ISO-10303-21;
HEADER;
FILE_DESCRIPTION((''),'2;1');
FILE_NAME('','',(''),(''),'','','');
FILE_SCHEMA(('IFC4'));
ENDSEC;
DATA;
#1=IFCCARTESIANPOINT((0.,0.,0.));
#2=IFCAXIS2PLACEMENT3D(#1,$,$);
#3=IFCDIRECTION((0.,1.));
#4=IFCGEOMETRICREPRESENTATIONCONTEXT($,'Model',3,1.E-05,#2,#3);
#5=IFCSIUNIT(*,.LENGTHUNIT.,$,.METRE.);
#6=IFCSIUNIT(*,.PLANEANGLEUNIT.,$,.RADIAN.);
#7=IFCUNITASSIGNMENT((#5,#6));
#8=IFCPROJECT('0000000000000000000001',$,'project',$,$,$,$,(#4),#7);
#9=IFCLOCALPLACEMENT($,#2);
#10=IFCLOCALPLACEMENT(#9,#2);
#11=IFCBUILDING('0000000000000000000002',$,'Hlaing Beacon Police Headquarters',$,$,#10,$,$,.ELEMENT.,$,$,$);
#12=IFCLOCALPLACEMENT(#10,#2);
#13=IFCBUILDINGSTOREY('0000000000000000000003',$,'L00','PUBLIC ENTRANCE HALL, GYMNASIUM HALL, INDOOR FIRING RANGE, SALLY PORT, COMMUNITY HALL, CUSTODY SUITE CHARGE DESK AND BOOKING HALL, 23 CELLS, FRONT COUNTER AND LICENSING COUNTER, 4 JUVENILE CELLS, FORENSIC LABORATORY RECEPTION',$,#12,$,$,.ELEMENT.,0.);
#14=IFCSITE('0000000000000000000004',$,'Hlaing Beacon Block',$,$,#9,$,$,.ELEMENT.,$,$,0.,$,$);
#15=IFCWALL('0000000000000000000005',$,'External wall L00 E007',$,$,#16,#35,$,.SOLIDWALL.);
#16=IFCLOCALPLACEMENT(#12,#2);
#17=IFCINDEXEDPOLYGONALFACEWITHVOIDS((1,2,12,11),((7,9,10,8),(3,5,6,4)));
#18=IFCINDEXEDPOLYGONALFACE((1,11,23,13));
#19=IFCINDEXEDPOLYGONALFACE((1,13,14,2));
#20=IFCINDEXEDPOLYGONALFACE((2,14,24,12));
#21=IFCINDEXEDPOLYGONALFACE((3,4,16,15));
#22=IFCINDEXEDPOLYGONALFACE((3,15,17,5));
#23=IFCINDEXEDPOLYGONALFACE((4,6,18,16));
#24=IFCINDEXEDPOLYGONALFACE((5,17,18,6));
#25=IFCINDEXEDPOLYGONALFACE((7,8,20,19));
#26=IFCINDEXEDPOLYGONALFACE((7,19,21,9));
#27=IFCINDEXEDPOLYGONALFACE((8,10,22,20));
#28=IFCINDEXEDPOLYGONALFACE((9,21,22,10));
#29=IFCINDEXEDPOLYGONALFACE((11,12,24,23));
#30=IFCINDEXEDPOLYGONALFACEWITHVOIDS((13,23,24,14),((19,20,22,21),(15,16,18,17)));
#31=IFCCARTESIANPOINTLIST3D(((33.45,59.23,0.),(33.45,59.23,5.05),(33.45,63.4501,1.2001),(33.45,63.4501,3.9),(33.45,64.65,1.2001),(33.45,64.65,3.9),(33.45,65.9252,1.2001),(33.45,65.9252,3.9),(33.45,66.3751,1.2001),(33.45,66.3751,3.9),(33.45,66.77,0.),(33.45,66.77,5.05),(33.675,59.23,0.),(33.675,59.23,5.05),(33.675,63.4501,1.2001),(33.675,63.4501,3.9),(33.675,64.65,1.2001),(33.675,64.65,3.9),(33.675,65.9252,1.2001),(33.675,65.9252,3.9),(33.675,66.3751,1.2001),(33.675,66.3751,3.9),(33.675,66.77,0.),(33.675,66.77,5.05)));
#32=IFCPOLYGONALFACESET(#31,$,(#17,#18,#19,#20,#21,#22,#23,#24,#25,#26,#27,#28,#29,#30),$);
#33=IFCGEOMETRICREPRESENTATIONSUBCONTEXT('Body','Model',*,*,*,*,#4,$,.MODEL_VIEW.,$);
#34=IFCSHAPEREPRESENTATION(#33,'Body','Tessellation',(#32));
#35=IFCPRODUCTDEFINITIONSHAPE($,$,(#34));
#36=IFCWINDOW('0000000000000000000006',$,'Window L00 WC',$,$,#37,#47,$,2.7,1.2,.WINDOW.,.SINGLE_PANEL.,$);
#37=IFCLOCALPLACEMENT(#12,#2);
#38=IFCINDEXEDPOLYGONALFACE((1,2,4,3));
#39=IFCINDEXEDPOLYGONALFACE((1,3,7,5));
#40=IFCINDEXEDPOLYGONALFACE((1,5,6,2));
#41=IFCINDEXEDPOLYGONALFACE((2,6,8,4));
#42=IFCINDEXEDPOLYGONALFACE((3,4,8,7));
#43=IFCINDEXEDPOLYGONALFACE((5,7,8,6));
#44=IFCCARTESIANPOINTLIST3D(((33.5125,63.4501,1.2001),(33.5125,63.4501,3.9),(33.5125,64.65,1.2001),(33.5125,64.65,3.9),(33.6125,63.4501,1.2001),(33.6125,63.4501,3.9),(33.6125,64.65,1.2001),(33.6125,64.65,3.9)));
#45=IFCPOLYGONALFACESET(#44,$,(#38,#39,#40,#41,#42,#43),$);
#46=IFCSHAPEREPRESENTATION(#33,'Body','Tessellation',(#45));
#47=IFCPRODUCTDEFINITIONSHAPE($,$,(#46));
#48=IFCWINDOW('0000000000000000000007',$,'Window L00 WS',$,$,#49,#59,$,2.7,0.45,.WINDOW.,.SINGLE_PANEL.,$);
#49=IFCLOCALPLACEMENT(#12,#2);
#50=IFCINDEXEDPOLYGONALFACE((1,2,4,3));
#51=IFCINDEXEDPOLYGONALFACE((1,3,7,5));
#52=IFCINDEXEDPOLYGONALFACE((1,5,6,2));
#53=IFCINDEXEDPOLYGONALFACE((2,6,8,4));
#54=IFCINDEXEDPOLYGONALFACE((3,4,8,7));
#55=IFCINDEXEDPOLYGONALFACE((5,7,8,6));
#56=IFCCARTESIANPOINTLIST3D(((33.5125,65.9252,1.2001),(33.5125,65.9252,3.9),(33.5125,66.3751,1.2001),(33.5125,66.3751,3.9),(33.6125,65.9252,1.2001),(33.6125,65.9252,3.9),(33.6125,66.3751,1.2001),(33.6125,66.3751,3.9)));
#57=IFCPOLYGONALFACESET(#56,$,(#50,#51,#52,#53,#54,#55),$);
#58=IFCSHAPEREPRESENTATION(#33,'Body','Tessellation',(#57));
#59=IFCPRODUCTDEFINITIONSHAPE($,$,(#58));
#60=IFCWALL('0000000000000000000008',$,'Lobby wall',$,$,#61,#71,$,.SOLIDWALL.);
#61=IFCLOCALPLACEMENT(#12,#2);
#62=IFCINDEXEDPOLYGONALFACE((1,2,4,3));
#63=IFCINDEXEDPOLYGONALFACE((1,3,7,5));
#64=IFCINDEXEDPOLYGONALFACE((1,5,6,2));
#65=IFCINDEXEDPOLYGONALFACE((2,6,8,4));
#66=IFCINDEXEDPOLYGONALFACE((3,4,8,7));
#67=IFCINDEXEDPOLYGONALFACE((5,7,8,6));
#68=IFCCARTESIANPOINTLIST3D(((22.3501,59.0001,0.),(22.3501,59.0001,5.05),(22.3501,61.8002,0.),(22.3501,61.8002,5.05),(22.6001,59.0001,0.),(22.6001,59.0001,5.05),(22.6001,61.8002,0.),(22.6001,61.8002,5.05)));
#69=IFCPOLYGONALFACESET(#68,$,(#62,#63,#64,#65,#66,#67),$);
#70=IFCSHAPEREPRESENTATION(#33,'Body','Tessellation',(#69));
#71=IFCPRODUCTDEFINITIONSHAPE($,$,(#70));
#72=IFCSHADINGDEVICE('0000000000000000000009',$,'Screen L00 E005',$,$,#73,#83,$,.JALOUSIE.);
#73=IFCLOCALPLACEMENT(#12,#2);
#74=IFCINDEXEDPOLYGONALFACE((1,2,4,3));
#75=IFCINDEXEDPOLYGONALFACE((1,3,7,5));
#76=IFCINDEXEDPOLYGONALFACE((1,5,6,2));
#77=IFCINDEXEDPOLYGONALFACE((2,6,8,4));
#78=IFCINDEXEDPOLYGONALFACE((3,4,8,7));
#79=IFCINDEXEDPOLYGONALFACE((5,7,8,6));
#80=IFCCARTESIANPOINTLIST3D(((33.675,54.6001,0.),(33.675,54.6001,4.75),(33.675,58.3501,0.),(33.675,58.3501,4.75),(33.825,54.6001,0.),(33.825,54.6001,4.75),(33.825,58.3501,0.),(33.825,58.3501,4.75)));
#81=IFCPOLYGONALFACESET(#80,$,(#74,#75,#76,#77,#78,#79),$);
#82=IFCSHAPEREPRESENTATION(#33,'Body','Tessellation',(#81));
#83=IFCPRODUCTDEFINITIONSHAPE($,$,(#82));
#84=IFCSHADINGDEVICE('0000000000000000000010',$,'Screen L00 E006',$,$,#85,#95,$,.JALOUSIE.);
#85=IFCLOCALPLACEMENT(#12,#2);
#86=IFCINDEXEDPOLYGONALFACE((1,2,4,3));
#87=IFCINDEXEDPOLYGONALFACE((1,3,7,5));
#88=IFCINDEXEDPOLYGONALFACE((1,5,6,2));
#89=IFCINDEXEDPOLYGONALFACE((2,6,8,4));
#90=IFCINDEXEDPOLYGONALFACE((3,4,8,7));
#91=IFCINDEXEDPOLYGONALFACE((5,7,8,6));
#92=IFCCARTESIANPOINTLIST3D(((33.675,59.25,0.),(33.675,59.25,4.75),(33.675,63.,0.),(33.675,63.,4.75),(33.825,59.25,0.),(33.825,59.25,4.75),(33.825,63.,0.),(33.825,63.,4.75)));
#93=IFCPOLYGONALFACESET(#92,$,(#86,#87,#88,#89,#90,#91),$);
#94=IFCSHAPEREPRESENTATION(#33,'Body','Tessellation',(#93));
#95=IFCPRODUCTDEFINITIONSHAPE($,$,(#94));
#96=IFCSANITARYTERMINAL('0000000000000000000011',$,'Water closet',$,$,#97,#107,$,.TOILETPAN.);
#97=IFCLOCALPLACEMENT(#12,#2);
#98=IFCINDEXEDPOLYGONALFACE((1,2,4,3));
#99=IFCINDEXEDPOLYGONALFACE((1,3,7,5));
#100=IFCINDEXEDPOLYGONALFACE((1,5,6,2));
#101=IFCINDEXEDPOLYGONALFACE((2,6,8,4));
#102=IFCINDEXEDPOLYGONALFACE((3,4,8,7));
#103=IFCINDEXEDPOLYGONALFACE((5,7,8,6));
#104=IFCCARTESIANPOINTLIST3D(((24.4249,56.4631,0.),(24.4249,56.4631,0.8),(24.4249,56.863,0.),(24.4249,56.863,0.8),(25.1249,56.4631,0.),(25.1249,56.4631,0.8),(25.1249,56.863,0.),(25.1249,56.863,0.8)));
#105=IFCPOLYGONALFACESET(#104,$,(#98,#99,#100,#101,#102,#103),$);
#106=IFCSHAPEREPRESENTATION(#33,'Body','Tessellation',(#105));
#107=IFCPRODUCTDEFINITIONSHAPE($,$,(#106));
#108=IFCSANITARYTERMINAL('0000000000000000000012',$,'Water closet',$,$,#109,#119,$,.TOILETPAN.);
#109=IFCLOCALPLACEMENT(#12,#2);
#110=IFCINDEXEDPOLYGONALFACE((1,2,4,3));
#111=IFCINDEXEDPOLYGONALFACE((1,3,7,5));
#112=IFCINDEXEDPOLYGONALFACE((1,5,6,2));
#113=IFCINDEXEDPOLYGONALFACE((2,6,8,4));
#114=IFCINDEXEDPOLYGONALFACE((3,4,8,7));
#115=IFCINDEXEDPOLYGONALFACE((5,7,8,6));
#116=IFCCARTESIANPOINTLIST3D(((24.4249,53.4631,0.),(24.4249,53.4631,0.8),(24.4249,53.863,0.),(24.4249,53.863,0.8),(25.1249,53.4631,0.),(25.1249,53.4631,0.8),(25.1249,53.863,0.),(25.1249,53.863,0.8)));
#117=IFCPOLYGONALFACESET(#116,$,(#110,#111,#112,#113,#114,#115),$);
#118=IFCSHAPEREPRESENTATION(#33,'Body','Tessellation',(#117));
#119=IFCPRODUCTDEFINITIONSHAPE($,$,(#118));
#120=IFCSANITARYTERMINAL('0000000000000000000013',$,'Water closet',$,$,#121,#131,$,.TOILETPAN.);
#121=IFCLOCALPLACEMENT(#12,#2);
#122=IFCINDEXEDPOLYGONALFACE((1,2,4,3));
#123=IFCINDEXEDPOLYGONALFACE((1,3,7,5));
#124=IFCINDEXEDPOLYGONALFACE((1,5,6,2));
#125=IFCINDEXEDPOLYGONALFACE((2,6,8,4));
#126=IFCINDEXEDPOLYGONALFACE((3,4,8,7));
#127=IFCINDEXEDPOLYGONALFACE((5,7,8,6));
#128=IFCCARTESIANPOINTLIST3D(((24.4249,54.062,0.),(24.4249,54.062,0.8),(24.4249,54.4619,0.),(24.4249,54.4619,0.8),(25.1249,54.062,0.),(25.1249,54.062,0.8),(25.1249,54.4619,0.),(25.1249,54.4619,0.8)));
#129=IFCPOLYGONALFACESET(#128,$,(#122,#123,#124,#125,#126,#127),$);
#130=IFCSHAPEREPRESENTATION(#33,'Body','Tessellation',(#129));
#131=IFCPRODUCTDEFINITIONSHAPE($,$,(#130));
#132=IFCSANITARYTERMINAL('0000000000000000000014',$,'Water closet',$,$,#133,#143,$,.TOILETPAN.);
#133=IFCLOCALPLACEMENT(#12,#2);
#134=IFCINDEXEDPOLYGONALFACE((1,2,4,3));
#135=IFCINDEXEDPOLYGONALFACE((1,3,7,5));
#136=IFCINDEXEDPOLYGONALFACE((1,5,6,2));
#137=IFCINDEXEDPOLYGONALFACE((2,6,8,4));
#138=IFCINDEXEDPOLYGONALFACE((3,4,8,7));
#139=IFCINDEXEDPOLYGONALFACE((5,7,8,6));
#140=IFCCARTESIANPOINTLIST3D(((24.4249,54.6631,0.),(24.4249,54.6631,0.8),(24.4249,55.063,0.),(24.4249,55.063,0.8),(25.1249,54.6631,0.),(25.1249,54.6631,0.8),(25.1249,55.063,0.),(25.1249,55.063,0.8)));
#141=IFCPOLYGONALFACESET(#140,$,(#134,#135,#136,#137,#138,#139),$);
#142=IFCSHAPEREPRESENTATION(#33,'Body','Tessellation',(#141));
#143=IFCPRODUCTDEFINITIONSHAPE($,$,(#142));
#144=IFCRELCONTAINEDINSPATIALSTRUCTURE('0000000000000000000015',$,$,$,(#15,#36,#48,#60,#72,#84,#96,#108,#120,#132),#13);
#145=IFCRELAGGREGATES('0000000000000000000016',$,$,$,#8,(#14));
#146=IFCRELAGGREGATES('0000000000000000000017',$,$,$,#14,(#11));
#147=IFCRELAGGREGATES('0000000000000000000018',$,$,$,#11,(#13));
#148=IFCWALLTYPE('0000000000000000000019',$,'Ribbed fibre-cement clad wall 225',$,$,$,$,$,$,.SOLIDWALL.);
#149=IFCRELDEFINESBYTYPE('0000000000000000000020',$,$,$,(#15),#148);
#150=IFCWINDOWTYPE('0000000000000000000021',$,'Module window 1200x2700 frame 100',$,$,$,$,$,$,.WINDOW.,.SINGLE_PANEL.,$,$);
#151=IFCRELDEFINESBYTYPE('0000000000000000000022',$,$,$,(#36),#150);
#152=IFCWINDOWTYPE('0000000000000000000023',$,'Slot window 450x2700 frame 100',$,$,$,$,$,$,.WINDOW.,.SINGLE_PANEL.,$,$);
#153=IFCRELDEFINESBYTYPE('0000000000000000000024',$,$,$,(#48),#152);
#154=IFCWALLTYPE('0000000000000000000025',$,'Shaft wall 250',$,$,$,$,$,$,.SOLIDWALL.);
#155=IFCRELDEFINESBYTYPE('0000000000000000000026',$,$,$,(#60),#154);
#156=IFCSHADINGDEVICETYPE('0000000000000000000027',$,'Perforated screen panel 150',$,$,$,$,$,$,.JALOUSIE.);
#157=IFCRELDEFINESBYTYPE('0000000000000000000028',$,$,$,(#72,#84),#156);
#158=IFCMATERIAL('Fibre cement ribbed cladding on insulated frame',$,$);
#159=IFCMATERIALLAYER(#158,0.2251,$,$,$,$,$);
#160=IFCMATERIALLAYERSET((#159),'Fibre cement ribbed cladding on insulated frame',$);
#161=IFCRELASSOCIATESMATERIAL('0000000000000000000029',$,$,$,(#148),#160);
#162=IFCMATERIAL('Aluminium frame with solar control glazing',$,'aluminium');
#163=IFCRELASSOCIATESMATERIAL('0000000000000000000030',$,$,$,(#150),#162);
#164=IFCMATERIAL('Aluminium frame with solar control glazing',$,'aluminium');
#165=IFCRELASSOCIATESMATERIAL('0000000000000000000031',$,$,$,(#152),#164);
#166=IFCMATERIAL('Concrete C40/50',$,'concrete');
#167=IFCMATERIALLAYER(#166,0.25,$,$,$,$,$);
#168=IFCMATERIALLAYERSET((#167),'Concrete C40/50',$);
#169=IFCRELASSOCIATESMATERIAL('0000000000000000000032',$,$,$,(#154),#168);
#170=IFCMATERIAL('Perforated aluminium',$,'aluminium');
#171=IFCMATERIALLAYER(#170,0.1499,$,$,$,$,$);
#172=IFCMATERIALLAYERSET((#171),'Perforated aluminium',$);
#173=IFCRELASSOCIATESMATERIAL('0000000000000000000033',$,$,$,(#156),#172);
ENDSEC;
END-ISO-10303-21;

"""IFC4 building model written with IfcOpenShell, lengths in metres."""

from ifc_helpers import new_model, si_unit, direction, frame, frame_2d, origin, origin_2d, place, context, subcontext, project, spatial, rectangle, extrude, material, layer, layer_set, type_object, element, fill, save


model = new_model("IFC4")

# Units and contexts
model_context = context("Model", 3, precision=1e-05, world=origin(), true_north=direction((0.0, 1.0)))
body_context = subcontext(model_context, "Body", "Model", "MODEL_VIEW")
ifc_project = project(units=[si_unit("LENGTHUNIT", "METRE"), si_unit("PLANEANGLEUNIT", "RADIAN")], contexts=[model_context])

# Site, building, storey
site_placement = place(None, origin())
site = spatial("IfcSite", under=ifc_project, at=site_placement, Name="Hlaing Beacon Block", CompositionType="ELEMENT", RefElevation=0.0)
building_placement = place(site_placement, origin())
building = spatial("IfcBuilding", under=site, at=building_placement, Name="Hlaing Beacon Police Headquarters", CompositionType="ELEMENT")
storey_placement = place(building_placement, origin())
storey = spatial("IfcBuildingStorey", under=building, at=storey_placement, Name="L00", Description="PUBLIC ENTRANCE HALL, GYMNASIUM HALL, INDOOR FIRING RANGE, SALLY PORT, COMMUNITY HALL, CUSTODY SUITE CHARGE DESK AND BOOKING HALL, 23 CELLS, FRONT COUNTER AND LICENSING COUNTER, 4 JUVENILE CELLS, FORENSIC LABORATORY RECEPTION", CompositionType="ELEMENT", Elevation=0.0)

# Wall, openings, windows
ifc_material_1 = material(Name="Fibre cement ribbed cladding on insulated frame")
ifc_layer_1 = layer(ifc_material_1, 0.2251)
ifc_layer_set_1 = layer_set([ifc_layer_1], Name="Fibre cement ribbed cladding on insulated frame")
wall_type_1 = type_object("IfcWallType", Name="Ribbed fibre-cement clad wall 225", PredefinedType="SOLIDWALL", material=ifc_layer_set_1)
wall_1_placement = place(storey_placement, frame((33.5625, 59.23, 0.0), z_axis=(0.0, 0.0, 1.0), x_axis=(0.0, 1.0, 0.0)))
wall_1 = element("IfcWall", 1, at=wall_1_placement, inside=storey, type_object=wall_type_1, Name="External wall L00 E007", PredefinedType="SOLIDWALL", context=body_context, shape_type="SweptSolid", body=[
    extrude(rectangle(XDim=7.54, YDim=0.2251, at=frame_2d((3.77, 0.0))), origin(), (0.0, 0.0, 1.0), 5.05),
])
opening_1_placement = place(wall_1_placement, frame((4.22, 0.0, 1.2)))
opening_1 = element("IfcOpeningElement", 2, at=opening_1_placement, cuts=wall_1, PredefinedType="OPENING", context=body_context, shape_type="SweptSolid", body=[
    extrude(rectangle(XDim=1.2, YDim=2.7, at=frame_2d((0.6001, 1.3501))), frame((0.0, 0.1226, 0.0), z_axis=(0.0, -1.0, 0.0), x_axis=(1.0, 0.0, 0.0)), (0.0, 0.0, 1.0), 0.2451),
])
opening_2_placement = place(wall_1_placement, frame((6.6951, 0.0, 1.2)))
opening_2 = element("IfcOpeningElement", 3, at=opening_2_placement, cuts=wall_1, PredefinedType="OPENING", context=body_context, shape_type="SweptSolid", body=[
    extrude(rectangle(XDim=0.45, YDim=2.7, at=frame_2d((0.2251, 1.3501))), frame((0.0, 0.1226, 0.0), z_axis=(0.0, -1.0, 0.0), x_axis=(1.0, 0.0, 0.0)), (0.0, 0.0, 1.0), 0.2451),
])
ifc_material_2 = material(Name="Aluminium frame with solar control glazing", Category="aluminium")
window_type_1 = type_object("IfcWindowType", Name="Module window 1200x2700 frame 100", PartitioningType="SINGLE_PANEL", PredefinedType="WINDOW", material=ifc_material_2)
window_1_placement = place(opening_1_placement, origin())
window_1 = element("IfcWindow", 4, at=window_1_placement, inside=storey, type_object=window_type_1, Name="Window L00 WC", OverallHeight=2.7, OverallWidth=1.2, PartitioningType="SINGLE_PANEL", PredefinedType="WINDOW", context=body_context, shape_type="SweptSolid", body=[
    extrude(rectangle(XDim=1.2, YDim=2.7, at=frame_2d((0.6001, 1.3501))), frame((0.0, 0.05, 0.0), z_axis=(0.0, -1.0, 0.0), x_axis=(1.0, 0.0, 0.0)), (0.0, 0.0, 1.0), 0.1001),
])
fill(opening_1, window_1)
ifc_material_3 = material(Name="Aluminium frame with solar control glazing", Category="aluminium")
window_type_2 = type_object("IfcWindowType", Name="Slot window 450x2700 frame 100", PartitioningType="SINGLE_PANEL", PredefinedType="WINDOW", material=ifc_material_3)
window_2_placement = place(opening_2_placement, origin())
window_2 = element("IfcWindow", 5, at=window_2_placement, inside=storey, type_object=window_type_2, Name="Window L00 WS", OverallHeight=2.7, OverallWidth=0.45, PartitioningType="SINGLE_PANEL", PredefinedType="WINDOW", context=body_context, shape_type="SweptSolid", body=[
    extrude(rectangle(XDim=0.45, YDim=2.7, at=frame_2d((0.2251, 1.3501))), frame((0.0, 0.05, 0.0), z_axis=(0.0, -1.0, 0.0), x_axis=(1.0, 0.0, 0.0)), (0.0, 0.0, 1.0), 0.1001),
])
fill(opening_2, window_2)

# Wall
ifc_material_4 = material(Name="Concrete C40/50", Category="concrete")
ifc_layer_2 = layer(ifc_material_4, 0.25)
ifc_layer_set_2 = layer_set([ifc_layer_2], Name="Concrete C40/50")
wall_type_2 = type_object("IfcWallType", Name="Shaft wall 250", PredefinedType="SOLIDWALL", material=ifc_layer_set_2)
wall_2_placement = place(storey_placement, frame((22.4751, 61.8, 0.0), z_axis=(0.0, 0.0, 1.0), x_axis=(0.0, -1.0, 0.0)))
element("IfcWall", 6, at=wall_2_placement, inside=storey, type_object=wall_type_2, Name="Lobby wall", PredefinedType="SOLIDWALL", context=body_context, shape_type="SweptSolid", body=[
    extrude(rectangle(XDim=2.8, YDim=0.25, at=frame_2d((1.3999, 0.0))), origin(), (0.0, 0.0, 1.0), 5.05),
])

# Shading devices
ifc_material_5 = material(Name="Perforated aluminium", Category="aluminium")
ifc_layer_3 = layer(ifc_material_5, 0.1499)
ifc_layer_set_3 = layer_set([ifc_layer_3], Name="Perforated aluminium")
shading_device_type = type_object("IfcShadingDeviceType", Name="Perforated screen panel 150", PredefinedType="JALOUSIE", material=ifc_layer_set_3)
for number, where, z_axis, x_axis, name in (
    (7, (33.75, 56.4751, 0.0), (0.0, 0.0, 1.0), (0.0, 1.0, 0.0), "Screen L00 E005"),
    (8, (33.75, 61.125, 0.0), (0.0, 0.0, 1.0), (0.0, 1.0, 0.0), "Screen L00 E006"),
):
    element("IfcShadingDevice", number, at=place(storey_placement, frame(where, z_axis=z_axis, x_axis=x_axis)), inside=storey, type_object=shading_device_type, Name=name, PredefinedType="JALOUSIE", context=body_context, shape_type="SweptSolid", body=[
        extrude(rectangle(XDim=3.75, YDim=0.1499, at=origin_2d()), origin(), (0.0, 0.0, 1.0), 4.75),
    ])

# Sanitary terminals
for number, where, z_axis, x_axis, name in (
    (9, (24.7749, 56.6631, 0.0), (0.0, 0.0, 1.0), (1.0, 0.0, 0.0), "Water closet"),
    (10, (24.7749, 53.6631, 0.0), (0.0, 0.0, 1.0), (1.0, 0.0, 0.0), "Water closet"),
    (11, (24.7749, 54.262, 0.0), (0.0, 0.0, 1.0), (1.0, 0.0, 0.0), "Water closet"),
    (12, (24.7749, 54.863, 0.0), (0.0, 0.0, 1.0), (1.0, 0.0, 0.0), "Water closet"),
):
    element("IfcSanitaryTerminal", number, at=place(storey_placement, frame(where, z_axis=z_axis, x_axis=x_axis)), inside=storey, Name=name, PredefinedType="TOILETPAN", context=body_context, shape_type="SweptSolid", body=[
        extrude(rectangle(XDim=0.7, YDim=0.3999, at=origin_2d()), origin(), (0.0, 0.0, 1.0), 0.8),
    ])

save(model, "model.ifc")
